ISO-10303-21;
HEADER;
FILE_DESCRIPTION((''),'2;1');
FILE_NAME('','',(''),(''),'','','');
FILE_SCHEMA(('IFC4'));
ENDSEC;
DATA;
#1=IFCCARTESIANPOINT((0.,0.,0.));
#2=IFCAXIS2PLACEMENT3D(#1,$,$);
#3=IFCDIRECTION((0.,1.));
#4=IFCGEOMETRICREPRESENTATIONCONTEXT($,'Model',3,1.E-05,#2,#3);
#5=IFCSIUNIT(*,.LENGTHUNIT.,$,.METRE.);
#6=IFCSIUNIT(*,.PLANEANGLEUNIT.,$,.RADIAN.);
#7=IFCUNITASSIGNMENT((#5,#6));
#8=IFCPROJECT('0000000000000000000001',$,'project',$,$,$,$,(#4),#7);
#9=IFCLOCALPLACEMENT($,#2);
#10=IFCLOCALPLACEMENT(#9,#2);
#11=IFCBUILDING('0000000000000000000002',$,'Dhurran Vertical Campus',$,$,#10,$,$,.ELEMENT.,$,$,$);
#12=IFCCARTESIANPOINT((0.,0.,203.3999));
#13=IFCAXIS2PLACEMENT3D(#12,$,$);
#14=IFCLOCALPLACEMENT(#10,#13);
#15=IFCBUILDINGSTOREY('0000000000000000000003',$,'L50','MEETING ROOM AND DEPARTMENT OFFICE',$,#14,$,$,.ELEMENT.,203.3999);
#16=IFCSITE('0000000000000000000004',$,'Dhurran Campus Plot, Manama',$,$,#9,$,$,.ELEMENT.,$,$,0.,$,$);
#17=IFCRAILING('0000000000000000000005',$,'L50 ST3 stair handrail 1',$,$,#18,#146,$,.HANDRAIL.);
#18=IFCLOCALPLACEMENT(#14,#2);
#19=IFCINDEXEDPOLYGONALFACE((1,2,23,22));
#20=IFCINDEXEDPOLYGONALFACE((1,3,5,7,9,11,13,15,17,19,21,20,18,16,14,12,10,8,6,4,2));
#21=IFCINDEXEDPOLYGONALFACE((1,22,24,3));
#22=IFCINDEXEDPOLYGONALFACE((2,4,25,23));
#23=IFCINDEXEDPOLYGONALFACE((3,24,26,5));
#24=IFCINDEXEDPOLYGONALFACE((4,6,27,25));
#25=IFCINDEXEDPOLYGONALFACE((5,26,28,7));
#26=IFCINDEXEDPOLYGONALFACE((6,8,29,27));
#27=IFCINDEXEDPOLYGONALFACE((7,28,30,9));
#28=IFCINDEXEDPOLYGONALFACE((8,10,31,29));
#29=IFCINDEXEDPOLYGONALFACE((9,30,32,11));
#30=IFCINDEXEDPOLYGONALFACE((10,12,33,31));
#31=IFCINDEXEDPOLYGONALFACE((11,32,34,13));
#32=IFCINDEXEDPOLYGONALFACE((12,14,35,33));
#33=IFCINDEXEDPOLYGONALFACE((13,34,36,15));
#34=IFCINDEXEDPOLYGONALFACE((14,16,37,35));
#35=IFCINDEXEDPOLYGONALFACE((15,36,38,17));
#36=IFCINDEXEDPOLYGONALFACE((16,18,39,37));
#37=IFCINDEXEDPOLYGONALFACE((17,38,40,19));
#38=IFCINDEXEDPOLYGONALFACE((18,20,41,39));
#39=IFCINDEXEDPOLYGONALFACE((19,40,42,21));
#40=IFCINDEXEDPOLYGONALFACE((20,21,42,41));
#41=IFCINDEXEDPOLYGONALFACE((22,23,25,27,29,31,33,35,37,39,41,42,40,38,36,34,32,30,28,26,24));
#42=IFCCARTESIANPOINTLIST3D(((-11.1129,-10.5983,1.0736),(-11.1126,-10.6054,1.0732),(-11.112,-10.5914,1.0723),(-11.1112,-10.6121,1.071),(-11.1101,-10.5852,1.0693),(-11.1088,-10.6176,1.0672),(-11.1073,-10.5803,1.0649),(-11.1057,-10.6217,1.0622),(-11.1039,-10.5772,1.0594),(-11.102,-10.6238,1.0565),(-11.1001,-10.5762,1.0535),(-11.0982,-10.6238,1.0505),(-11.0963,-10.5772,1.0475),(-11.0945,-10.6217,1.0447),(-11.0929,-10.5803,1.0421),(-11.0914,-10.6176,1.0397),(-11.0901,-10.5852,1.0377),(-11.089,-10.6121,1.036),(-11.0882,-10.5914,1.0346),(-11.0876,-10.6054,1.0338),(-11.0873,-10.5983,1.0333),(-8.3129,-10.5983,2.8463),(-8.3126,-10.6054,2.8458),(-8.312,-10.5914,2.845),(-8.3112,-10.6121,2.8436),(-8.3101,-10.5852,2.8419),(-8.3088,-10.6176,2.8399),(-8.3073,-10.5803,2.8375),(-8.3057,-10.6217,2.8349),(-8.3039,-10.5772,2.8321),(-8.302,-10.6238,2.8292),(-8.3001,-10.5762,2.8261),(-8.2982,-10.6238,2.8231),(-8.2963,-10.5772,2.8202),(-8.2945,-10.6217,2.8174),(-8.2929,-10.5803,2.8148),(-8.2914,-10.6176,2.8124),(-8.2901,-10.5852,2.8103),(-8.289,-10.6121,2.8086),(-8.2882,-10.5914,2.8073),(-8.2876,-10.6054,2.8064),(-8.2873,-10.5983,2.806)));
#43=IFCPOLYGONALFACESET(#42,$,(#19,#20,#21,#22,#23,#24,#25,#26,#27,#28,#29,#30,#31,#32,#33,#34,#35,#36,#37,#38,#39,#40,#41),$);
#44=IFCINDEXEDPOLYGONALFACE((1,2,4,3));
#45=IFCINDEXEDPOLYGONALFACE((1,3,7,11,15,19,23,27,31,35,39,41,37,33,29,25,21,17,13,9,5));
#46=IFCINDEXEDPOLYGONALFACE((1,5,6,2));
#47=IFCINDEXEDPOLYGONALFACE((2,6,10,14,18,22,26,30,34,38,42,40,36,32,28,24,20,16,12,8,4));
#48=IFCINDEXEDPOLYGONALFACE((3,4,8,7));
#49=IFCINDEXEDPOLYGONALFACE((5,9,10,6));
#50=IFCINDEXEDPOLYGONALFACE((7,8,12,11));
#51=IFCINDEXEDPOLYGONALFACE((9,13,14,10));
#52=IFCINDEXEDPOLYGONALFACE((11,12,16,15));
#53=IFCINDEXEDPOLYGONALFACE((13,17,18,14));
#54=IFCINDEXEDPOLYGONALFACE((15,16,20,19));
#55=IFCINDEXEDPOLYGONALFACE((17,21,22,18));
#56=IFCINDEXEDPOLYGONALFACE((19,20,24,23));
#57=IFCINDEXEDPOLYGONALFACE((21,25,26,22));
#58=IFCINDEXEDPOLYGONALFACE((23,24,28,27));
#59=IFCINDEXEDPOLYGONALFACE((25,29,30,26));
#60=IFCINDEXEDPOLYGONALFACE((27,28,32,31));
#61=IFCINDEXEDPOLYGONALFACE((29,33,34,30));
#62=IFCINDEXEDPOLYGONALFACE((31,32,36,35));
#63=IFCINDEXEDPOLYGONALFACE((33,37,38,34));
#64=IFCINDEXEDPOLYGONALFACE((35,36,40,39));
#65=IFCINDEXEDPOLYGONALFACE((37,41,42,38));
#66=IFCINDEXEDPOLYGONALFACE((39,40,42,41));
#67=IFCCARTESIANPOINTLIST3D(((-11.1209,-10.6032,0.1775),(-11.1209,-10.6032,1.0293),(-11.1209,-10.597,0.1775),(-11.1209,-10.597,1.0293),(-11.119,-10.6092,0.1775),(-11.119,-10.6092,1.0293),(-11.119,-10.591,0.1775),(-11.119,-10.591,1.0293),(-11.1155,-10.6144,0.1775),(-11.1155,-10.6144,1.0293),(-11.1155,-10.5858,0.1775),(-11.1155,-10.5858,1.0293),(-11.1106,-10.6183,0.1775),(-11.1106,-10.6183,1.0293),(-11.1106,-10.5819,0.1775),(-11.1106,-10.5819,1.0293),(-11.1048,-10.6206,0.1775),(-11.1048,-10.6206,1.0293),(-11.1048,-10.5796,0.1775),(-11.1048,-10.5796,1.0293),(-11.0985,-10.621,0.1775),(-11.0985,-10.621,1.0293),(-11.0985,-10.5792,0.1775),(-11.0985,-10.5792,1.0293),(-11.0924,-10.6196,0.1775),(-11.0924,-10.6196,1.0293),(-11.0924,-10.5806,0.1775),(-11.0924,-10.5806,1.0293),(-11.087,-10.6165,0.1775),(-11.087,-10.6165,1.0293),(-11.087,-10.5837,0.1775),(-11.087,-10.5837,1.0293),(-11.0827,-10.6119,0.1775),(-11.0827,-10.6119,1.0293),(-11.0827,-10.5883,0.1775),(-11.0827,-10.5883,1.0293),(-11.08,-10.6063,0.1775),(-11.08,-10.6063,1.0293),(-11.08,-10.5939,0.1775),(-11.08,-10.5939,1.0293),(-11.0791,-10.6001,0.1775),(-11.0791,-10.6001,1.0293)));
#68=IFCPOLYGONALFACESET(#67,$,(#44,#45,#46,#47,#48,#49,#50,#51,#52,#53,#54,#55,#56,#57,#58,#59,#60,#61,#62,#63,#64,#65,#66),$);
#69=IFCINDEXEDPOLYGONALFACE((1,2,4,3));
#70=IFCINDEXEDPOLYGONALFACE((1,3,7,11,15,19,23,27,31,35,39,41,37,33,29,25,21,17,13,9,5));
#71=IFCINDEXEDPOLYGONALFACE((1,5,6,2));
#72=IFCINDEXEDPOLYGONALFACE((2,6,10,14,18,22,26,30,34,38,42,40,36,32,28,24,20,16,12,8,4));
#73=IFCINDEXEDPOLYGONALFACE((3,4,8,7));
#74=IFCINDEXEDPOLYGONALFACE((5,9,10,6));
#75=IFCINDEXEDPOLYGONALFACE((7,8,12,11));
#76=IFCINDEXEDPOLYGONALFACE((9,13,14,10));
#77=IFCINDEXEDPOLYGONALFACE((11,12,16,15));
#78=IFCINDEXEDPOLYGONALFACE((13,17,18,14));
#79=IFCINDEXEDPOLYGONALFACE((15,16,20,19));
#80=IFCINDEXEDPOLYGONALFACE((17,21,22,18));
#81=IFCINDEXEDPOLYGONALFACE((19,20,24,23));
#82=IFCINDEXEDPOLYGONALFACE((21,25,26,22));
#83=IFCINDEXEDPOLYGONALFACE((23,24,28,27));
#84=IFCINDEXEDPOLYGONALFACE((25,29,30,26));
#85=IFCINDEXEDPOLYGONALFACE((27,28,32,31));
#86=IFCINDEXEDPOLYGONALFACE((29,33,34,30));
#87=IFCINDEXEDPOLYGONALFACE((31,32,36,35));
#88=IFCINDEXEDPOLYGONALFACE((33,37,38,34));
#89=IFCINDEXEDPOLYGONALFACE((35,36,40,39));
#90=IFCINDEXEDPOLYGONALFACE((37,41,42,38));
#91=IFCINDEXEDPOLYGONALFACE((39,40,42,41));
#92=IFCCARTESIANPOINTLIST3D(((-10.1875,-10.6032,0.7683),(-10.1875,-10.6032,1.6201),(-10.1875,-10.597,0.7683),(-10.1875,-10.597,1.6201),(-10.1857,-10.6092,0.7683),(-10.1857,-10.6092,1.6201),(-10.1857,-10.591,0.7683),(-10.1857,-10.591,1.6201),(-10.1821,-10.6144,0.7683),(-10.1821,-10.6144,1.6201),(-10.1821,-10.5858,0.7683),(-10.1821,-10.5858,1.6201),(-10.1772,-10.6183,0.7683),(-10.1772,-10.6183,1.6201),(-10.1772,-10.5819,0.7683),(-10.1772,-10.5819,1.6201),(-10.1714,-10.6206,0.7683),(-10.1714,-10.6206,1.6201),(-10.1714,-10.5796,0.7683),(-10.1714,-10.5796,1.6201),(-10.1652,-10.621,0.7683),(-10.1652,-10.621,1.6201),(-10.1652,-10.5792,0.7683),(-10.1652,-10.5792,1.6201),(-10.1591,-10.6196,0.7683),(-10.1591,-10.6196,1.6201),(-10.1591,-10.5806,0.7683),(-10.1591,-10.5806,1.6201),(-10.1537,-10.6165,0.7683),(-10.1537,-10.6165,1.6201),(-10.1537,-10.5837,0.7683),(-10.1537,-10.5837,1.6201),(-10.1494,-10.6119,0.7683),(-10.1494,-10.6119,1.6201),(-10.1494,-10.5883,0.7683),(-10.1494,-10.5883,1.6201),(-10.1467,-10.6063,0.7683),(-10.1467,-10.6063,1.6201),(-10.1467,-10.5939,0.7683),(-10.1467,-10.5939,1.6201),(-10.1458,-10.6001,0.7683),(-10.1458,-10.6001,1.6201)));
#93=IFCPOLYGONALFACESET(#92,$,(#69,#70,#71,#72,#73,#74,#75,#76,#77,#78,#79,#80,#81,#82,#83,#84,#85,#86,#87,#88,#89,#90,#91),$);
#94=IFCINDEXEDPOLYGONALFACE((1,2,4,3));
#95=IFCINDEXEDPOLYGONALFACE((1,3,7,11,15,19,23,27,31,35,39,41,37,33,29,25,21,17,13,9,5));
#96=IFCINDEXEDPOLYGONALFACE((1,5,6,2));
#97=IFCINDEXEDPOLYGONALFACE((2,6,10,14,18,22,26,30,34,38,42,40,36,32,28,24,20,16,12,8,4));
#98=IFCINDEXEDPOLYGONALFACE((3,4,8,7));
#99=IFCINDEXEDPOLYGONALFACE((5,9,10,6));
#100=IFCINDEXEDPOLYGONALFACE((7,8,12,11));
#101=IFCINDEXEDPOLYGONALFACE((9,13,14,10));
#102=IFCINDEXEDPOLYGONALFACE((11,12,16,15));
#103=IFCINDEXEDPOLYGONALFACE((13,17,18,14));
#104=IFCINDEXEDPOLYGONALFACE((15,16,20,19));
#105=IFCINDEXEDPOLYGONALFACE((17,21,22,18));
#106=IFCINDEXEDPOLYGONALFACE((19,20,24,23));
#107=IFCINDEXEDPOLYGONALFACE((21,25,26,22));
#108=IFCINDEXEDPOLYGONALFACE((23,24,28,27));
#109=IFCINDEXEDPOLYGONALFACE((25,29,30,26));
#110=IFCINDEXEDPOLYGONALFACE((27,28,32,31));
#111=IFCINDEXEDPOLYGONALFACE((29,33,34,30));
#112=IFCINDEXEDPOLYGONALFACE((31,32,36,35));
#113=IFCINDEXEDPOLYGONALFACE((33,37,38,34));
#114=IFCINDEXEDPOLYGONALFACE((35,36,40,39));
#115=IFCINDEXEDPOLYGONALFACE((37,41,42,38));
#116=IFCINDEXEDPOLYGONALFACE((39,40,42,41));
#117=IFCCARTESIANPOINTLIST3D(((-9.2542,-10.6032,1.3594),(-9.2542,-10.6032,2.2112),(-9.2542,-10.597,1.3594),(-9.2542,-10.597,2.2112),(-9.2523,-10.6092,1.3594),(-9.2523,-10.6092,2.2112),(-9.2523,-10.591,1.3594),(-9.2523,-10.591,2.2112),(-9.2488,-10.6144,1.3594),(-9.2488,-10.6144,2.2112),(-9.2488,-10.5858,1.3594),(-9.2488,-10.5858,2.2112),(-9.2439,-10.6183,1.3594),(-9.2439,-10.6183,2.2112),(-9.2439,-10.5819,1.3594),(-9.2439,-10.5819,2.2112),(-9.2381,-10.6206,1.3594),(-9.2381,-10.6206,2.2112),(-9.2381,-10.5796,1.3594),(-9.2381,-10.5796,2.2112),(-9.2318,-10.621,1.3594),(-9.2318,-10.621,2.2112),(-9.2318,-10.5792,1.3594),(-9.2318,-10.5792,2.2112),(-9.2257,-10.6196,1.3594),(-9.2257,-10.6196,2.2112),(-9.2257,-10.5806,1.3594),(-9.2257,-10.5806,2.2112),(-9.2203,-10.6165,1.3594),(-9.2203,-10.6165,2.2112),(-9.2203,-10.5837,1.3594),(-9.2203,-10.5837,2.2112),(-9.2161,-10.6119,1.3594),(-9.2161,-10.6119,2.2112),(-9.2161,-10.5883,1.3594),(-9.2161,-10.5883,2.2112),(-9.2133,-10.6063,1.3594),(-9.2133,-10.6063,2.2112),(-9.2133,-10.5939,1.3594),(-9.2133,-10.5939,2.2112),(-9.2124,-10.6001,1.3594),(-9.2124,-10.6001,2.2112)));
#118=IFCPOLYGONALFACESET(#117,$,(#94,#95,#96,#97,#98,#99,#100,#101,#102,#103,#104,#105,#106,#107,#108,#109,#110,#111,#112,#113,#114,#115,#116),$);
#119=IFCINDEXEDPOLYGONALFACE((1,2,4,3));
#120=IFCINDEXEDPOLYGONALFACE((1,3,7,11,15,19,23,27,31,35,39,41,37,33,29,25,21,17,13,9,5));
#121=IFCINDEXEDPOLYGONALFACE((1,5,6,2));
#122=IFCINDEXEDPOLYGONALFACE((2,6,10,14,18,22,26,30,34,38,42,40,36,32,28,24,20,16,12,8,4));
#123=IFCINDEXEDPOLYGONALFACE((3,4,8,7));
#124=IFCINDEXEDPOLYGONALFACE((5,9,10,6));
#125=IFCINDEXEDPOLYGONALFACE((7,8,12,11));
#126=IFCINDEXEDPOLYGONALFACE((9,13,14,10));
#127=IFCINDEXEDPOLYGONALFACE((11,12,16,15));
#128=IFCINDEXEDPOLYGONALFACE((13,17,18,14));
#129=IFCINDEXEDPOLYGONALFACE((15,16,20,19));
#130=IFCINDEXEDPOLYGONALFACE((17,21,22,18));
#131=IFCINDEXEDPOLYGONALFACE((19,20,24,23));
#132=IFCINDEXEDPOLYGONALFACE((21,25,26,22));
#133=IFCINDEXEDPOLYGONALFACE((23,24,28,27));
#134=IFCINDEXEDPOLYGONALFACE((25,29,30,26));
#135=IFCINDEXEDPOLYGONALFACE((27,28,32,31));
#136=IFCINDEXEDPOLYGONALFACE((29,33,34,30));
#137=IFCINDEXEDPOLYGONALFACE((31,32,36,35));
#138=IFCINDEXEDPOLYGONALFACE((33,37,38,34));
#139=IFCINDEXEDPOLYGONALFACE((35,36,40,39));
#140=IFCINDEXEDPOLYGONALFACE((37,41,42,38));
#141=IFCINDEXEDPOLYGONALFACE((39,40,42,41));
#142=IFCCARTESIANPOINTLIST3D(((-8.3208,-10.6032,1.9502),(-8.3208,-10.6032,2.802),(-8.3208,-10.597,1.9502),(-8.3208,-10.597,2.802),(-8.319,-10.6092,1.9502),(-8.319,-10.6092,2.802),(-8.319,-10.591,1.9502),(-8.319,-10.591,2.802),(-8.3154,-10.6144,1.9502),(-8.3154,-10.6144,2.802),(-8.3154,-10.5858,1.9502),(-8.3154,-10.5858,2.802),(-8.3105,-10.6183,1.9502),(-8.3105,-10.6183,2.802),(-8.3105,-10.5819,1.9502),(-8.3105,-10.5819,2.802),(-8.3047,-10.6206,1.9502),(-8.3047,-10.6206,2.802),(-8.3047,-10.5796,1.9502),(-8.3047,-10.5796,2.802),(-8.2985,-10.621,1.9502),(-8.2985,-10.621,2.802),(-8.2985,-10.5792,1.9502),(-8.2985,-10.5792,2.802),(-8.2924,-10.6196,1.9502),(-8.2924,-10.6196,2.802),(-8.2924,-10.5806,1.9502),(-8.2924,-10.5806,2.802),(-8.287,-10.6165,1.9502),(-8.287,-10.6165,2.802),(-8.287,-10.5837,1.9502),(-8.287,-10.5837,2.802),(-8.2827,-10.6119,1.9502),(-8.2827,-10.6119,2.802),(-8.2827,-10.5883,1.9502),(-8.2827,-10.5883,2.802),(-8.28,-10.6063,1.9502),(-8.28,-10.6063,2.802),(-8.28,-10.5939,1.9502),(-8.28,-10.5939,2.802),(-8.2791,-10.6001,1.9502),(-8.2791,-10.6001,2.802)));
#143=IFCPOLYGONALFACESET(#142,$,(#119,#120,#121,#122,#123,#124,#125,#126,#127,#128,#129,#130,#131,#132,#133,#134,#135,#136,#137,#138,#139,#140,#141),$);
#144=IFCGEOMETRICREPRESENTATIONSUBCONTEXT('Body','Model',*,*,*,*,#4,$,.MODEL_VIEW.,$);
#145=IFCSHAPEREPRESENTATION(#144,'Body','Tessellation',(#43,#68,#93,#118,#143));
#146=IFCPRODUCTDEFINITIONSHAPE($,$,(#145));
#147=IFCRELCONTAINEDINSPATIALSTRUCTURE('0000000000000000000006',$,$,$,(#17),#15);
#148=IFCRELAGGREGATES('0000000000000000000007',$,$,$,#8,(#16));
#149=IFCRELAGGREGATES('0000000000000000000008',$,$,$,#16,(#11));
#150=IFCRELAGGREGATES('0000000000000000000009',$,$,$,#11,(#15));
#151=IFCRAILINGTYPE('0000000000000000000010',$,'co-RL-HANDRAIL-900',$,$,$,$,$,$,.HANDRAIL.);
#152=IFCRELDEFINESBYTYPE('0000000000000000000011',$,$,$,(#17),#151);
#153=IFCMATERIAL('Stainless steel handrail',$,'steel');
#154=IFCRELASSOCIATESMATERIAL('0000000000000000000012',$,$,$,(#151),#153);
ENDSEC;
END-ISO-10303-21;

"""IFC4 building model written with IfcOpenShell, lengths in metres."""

from ifc_helpers import new_model, si_unit, direction, frame, origin, origin_2d, place, context, subcontext, project, spatial, circle, extrude, material, type_object, element, save


model = new_model("IFC4")

# Units and contexts
model_context = context("Model", 3, precision=1e-05, world=origin(), true_north=direction((0.0, 1.0)))
body_context = subcontext(model_context, "Body", "Model", "MODEL_VIEW")
ifc_project = project(units=[si_unit("LENGTHUNIT", "METRE"), si_unit("PLANEANGLEUNIT", "RADIAN")], contexts=[model_context])

# Site, building, storey
site_placement = place(None, origin())
site = spatial("IfcSite", under=ifc_project, at=site_placement, Name="Dhurran Campus Plot, Manama", CompositionType="ELEMENT", RefElevation=0.0)
building_placement = place(site_placement, origin())
building = spatial("IfcBuilding", under=site, at=building_placement, Name="Dhurran Vertical Campus", CompositionType="ELEMENT")
storey_placement = place(building_placement, frame((0.0, 0.0, 203.3999)))
storey = spatial("IfcBuildingStorey", under=building, at=storey_placement, Name="L50", Description="MEETING ROOM AND DEPARTMENT OFFICE", CompositionType="ELEMENT", Elevation=203.3999)

# Railing
ifc_material_1 = material(Name="Stainless steel handrail", Category="steel")
railing_type_1 = type_object("IfcRailingType", Name="co-RL-HANDRAIL-900", PredefinedType="HANDRAIL", material=ifc_material_1)
railing_1_placement = place(storey_placement, frame((-11.1001, -10.6001, 0.1775)))
element("IfcRailing", 1, at=railing_1_placement, inside=storey, type_object=railing_type_1, Name="L50 ST3 stair handrail 1", PredefinedType="HANDRAIL", context=body_context, shape_type="SweptSolid", body=[
    extrude(circle(Radius=0.0239, at=origin_2d()), frame((0.0, 0.0, 0.876), z_axis=(0.844909, 0.0, 0.53491), x_axis=(0.0, 1.0, 0.0)), (0.0, 0.0, 1.0), 3.314),
    extrude(circle(Radius=0.021, at=origin_2d()), origin(), (0.0, 0.0, 1.0), 0.8518),
    extrude(circle(Radius=0.021, at=origin_2d()), frame((0.9333, 0.0, 0.5908)), (0.0, 0.0, 1.0), 0.8518),
    extrude(circle(Radius=0.021, at=origin_2d()), frame((1.8667, 0.0, 1.1819)), (0.0, 0.0, 1.0), 0.8518),
    extrude(circle(Radius=0.021, at=origin_2d()), frame((2.8, 0.0, 1.7727)), (0.0, 0.0, 1.0), 0.8518),
])

save(model, "model.ifc")
